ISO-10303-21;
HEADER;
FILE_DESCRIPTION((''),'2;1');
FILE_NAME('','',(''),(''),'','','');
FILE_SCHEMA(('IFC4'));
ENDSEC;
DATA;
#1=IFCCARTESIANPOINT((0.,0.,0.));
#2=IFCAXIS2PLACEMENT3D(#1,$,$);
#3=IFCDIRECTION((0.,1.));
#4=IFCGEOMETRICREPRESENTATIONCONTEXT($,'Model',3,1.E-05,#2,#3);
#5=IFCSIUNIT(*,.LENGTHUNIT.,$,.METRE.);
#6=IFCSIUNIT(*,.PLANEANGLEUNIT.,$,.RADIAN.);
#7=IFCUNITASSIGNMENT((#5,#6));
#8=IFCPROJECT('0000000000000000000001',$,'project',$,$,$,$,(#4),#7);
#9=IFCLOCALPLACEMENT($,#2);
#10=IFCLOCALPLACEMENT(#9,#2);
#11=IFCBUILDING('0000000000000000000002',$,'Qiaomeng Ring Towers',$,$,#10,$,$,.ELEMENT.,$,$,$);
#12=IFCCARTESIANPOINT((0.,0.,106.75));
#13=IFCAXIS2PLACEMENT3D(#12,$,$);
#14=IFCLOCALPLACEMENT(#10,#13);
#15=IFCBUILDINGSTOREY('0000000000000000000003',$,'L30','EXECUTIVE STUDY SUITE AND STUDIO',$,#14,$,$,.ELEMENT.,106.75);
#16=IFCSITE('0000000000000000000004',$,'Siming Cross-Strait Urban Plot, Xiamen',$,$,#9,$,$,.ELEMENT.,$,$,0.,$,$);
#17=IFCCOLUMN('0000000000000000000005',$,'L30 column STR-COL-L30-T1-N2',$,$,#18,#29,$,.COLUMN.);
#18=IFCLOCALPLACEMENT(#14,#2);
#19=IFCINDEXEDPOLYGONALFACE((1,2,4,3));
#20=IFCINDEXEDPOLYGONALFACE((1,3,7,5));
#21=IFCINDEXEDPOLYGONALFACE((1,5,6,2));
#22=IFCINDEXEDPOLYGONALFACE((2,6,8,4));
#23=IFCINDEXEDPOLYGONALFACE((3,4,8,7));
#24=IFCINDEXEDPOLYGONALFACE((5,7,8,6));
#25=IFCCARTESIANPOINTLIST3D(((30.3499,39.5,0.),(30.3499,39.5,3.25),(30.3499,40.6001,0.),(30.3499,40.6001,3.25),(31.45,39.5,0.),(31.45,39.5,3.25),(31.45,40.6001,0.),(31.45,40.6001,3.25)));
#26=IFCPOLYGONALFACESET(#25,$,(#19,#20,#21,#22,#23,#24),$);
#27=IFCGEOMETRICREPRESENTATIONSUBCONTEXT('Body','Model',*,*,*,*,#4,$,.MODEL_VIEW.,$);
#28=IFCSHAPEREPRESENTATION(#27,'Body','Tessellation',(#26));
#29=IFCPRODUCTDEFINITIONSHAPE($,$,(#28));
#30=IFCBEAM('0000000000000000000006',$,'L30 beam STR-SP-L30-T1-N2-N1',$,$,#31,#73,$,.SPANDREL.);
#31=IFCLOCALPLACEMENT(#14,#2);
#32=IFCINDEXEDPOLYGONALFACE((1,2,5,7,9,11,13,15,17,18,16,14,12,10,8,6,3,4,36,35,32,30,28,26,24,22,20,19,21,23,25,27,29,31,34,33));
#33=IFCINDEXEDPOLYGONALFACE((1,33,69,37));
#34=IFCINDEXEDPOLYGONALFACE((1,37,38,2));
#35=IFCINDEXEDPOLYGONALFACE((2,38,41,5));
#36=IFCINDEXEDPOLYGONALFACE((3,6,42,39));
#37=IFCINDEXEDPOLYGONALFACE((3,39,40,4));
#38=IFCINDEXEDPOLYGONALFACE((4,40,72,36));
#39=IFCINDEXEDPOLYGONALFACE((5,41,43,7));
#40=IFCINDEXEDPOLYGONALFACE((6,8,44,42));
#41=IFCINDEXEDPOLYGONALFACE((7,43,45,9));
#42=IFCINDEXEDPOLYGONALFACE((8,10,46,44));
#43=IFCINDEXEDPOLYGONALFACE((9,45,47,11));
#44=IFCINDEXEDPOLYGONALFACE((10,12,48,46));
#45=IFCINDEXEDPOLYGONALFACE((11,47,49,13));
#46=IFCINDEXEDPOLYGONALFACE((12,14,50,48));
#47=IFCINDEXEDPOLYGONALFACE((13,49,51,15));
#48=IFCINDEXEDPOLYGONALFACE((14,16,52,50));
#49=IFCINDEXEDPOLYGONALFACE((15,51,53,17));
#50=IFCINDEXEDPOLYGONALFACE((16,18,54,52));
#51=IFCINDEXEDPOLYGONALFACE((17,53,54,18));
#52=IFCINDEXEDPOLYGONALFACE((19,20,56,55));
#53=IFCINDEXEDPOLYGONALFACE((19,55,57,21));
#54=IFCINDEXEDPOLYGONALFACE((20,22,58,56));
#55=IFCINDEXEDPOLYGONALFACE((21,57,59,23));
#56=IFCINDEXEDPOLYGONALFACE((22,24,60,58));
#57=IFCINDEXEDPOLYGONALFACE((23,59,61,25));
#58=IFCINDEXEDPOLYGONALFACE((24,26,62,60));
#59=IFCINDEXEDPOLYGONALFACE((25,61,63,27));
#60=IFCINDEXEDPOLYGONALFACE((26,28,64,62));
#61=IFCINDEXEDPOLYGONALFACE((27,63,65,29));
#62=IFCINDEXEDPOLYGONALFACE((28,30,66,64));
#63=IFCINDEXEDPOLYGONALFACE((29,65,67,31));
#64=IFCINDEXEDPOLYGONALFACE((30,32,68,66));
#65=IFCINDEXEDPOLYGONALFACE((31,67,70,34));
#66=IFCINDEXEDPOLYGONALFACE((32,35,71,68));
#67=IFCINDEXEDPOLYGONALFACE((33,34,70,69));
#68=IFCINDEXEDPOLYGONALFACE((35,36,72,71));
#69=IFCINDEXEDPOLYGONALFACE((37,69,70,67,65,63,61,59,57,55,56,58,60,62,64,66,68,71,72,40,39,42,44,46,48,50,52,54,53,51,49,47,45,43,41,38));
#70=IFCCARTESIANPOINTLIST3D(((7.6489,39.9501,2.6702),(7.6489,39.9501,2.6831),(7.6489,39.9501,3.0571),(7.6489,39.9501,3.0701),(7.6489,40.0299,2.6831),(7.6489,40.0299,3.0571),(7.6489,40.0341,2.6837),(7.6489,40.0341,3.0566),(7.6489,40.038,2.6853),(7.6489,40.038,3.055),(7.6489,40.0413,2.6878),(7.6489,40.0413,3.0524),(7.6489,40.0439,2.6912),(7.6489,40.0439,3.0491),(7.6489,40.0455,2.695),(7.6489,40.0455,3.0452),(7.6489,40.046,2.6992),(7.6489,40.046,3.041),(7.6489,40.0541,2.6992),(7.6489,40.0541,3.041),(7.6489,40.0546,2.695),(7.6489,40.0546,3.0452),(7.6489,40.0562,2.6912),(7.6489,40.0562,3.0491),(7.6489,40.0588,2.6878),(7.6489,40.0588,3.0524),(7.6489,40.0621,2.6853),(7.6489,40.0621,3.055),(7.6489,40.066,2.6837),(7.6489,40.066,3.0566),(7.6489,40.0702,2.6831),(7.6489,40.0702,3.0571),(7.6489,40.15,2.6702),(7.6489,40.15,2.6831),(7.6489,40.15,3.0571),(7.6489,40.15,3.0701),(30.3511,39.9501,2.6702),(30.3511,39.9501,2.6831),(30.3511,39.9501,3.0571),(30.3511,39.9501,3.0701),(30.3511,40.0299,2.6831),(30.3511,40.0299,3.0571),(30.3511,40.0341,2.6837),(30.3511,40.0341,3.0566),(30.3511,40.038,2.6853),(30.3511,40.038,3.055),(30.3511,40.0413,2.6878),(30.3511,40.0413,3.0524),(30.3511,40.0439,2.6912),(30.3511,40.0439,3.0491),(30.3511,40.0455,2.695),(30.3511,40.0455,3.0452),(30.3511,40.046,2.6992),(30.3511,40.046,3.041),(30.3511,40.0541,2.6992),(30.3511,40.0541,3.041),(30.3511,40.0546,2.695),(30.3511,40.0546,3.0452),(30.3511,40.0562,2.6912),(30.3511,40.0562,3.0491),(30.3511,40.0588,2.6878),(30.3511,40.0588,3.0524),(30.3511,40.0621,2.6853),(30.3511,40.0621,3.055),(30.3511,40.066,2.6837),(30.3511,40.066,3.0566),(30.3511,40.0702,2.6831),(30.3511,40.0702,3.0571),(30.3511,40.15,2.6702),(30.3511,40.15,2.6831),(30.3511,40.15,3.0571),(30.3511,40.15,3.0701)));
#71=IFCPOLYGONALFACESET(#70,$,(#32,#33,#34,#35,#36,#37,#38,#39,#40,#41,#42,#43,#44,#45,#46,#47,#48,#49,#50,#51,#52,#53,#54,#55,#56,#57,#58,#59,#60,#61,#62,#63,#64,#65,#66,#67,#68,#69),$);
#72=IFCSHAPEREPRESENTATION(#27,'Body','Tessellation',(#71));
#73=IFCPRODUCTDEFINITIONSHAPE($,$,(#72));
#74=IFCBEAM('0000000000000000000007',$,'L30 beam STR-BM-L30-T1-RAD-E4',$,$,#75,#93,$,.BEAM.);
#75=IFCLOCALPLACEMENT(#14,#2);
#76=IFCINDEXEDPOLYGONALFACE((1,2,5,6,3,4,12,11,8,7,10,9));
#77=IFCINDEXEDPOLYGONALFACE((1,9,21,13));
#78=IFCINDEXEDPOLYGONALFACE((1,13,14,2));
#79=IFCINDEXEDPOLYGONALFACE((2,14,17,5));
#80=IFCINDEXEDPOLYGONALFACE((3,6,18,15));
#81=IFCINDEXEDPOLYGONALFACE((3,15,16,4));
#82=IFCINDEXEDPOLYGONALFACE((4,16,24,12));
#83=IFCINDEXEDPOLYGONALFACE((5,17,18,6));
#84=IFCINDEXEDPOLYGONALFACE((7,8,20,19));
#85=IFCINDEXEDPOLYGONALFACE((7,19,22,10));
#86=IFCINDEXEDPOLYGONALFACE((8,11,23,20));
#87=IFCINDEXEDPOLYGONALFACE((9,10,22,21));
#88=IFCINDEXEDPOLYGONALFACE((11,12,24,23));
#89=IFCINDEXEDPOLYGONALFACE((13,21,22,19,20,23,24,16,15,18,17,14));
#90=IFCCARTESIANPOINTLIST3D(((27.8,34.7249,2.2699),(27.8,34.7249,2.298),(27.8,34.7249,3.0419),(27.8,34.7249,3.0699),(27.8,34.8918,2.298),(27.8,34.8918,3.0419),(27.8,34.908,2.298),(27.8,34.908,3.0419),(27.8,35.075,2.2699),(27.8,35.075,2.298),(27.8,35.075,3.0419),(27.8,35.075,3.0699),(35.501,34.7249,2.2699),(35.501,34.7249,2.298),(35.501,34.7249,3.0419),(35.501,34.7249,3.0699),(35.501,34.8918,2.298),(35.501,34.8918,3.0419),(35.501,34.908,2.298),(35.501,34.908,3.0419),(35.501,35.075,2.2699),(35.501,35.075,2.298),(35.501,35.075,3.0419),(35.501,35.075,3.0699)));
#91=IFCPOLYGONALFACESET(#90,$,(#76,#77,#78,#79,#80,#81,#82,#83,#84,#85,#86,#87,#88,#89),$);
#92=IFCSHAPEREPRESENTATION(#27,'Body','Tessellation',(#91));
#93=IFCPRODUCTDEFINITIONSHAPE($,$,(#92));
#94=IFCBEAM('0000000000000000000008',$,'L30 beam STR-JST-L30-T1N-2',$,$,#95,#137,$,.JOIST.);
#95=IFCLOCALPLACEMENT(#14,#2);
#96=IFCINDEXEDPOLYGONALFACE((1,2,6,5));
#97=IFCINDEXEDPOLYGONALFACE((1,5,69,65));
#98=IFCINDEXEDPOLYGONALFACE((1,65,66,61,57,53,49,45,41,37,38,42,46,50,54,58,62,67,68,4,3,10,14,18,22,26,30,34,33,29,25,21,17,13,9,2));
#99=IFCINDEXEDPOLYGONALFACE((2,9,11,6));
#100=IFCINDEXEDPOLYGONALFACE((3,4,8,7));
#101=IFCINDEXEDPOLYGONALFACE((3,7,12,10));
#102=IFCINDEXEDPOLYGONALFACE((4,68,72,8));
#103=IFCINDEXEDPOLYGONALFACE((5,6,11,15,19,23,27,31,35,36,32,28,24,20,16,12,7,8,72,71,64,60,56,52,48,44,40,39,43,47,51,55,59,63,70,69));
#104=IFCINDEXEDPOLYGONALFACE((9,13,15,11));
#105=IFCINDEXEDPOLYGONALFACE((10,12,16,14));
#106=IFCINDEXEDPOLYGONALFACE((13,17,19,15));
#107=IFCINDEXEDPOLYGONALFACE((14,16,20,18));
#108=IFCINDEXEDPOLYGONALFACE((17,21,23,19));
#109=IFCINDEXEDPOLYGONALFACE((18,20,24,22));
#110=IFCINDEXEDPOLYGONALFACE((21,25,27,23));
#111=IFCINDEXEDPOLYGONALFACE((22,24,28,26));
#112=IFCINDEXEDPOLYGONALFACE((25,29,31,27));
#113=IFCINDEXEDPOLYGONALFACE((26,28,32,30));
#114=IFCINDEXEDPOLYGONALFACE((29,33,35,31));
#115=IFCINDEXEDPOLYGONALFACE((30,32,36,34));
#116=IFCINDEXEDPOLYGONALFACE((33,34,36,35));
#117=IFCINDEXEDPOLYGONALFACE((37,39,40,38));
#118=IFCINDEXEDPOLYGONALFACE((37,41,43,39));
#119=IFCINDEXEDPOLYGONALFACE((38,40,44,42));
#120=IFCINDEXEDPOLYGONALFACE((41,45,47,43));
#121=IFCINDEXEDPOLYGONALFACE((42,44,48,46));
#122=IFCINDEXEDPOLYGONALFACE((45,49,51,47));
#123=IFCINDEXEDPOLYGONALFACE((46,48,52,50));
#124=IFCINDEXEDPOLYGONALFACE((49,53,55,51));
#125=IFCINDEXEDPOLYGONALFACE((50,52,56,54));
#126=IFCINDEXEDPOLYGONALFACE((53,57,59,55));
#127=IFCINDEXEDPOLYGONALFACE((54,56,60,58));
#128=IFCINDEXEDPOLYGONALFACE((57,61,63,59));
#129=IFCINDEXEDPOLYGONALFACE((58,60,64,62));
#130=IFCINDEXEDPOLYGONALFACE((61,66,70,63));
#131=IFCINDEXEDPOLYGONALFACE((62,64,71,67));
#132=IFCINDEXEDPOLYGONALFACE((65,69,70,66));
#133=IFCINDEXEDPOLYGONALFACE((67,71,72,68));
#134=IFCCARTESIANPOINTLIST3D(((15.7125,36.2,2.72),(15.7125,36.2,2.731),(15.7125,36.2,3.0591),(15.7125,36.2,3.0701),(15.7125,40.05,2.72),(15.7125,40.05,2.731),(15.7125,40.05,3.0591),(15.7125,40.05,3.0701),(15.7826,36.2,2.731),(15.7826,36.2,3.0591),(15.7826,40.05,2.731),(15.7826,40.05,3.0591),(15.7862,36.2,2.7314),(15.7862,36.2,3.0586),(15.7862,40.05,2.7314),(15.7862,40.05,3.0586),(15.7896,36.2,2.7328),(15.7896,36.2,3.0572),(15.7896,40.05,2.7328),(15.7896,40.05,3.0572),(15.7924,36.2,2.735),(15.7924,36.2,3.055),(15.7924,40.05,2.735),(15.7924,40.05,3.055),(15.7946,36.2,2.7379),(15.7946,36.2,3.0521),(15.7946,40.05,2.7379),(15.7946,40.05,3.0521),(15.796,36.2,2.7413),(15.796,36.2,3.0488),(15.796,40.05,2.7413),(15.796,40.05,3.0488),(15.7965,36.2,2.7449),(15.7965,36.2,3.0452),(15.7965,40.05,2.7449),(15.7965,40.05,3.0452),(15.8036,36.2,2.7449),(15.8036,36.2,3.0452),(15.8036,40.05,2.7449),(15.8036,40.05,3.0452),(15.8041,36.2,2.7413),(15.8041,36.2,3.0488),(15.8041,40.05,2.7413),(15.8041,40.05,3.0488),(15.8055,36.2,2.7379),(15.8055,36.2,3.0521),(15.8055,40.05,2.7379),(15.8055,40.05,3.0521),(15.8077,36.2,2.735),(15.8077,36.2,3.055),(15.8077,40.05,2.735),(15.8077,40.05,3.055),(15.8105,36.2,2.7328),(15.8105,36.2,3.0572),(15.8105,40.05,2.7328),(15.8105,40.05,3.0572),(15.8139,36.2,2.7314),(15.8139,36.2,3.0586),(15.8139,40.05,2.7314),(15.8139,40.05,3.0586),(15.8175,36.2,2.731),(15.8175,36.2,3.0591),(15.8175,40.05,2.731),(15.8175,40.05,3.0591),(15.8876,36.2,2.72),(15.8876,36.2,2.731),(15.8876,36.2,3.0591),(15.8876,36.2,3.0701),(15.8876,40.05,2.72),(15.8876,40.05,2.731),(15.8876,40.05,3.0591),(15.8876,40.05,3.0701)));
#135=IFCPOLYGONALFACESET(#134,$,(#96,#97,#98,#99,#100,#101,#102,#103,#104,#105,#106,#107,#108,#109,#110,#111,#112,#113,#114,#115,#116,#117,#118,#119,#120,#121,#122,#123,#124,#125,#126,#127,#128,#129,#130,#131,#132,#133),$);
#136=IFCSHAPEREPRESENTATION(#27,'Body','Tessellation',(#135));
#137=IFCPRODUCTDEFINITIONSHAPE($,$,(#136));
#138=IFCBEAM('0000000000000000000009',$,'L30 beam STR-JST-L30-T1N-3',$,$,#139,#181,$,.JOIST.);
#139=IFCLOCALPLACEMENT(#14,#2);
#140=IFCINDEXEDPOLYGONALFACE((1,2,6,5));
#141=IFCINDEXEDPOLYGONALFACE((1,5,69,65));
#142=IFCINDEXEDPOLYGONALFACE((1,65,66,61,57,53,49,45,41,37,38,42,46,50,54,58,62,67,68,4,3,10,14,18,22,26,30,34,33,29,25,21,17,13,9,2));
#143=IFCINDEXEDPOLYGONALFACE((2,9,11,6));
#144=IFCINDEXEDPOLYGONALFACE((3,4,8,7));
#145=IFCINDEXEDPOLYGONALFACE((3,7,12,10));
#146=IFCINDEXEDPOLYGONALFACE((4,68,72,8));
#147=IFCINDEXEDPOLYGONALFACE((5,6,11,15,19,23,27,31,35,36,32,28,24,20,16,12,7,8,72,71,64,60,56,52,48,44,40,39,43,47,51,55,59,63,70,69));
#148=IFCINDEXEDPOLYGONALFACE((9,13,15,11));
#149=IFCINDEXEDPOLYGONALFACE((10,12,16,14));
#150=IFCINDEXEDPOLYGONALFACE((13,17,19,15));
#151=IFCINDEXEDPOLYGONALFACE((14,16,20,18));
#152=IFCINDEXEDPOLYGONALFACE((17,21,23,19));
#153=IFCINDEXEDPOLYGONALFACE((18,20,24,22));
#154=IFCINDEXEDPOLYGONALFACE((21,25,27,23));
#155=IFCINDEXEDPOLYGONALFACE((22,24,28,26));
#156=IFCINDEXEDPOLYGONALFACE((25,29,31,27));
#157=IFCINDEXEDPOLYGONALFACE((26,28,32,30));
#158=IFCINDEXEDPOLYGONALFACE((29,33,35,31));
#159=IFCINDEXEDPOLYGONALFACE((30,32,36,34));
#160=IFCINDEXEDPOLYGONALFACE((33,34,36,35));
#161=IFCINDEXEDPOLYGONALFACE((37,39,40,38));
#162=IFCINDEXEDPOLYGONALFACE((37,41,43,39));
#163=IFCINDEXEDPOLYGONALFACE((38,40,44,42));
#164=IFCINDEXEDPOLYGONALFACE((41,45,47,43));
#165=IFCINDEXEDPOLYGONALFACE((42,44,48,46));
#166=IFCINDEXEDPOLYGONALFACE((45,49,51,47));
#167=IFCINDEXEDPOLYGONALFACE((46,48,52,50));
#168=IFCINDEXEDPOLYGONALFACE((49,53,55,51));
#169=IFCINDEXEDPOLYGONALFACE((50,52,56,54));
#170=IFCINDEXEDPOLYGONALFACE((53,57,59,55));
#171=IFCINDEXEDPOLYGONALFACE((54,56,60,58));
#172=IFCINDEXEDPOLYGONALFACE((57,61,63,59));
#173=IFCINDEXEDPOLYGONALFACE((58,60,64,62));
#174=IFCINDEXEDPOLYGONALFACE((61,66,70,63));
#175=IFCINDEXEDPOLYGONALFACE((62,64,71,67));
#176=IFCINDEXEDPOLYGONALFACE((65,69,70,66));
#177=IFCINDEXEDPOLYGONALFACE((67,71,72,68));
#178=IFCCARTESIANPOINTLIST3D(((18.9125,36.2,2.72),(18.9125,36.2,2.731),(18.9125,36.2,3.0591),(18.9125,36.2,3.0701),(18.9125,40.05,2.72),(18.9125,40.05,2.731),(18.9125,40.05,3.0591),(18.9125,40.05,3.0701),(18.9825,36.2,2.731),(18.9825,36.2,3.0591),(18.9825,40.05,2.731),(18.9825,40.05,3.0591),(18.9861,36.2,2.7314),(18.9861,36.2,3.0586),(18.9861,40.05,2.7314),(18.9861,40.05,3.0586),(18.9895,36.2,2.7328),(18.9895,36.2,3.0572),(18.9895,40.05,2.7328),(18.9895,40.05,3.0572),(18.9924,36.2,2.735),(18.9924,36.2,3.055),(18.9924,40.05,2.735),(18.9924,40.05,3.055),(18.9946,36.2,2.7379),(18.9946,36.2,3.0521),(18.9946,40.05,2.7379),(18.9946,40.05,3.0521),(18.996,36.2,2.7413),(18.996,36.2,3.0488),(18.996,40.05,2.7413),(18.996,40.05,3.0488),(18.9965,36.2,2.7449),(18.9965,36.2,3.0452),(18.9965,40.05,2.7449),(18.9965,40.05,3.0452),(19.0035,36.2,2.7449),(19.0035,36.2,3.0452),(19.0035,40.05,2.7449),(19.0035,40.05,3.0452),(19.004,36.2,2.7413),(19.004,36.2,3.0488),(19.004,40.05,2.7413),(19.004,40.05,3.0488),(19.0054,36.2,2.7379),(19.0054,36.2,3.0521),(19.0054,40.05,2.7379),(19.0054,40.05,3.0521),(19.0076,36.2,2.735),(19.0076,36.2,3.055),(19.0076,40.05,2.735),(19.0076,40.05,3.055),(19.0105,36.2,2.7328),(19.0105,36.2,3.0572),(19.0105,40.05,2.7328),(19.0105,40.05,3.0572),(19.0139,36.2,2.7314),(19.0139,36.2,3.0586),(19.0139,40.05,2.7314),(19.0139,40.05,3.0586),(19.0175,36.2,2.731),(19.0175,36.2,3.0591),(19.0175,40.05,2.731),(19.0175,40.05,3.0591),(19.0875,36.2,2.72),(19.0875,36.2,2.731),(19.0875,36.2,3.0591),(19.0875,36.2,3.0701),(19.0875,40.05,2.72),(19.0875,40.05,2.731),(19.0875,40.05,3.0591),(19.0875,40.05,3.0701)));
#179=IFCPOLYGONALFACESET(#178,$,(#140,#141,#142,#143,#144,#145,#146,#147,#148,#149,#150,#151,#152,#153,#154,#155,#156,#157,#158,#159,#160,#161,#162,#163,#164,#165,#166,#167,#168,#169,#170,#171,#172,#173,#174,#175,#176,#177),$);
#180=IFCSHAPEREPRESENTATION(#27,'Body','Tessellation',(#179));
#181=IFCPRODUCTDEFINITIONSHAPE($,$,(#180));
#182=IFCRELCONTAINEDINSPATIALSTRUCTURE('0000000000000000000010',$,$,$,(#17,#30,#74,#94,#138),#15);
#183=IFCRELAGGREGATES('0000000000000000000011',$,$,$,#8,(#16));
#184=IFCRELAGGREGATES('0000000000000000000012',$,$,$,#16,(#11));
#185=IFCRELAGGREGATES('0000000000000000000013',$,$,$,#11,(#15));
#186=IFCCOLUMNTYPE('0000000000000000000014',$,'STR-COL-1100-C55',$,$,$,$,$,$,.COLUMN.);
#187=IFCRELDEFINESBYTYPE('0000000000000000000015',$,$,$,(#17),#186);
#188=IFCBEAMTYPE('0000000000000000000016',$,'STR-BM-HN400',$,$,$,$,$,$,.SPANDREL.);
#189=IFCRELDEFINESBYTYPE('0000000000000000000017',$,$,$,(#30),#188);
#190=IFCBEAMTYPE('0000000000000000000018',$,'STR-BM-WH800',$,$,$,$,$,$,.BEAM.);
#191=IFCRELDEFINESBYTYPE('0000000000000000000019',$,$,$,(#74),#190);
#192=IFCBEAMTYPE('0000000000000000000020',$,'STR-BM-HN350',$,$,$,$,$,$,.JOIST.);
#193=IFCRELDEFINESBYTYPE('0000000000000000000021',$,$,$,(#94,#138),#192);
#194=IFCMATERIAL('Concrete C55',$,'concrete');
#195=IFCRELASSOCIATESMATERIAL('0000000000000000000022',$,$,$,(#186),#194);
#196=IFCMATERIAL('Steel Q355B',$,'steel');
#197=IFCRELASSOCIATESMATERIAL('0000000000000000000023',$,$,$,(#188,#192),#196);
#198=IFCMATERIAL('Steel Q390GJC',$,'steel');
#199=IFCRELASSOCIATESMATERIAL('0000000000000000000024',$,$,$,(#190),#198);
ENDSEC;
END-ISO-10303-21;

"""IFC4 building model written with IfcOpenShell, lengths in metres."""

from ifc_helpers import new_model, si_unit, direction, frame, origin, origin_2d, place, context, subcontext, project, spatial, rectangle, i_section, extrude, source, transform, mapped, material, material_profile, profile_set, type_object, element, save


model = new_model("IFC4")

# Units and contexts
model_context = context("Model", 3, precision=1e-05, world=origin(), true_north=direction((0.0, 1.0)))
body_context = subcontext(model_context, "Body", "Model", "MODEL_VIEW")
ifc_project = project(units=[si_unit("LENGTHUNIT", "METRE"), si_unit("PLANEANGLEUNIT", "RADIAN")], contexts=[model_context])

# Site, building, storey
site_placement = place(None, origin())
site = spatial("IfcSite", under=ifc_project, at=site_placement, Name="Siming Cross-Strait Urban Plot, Xiamen", CompositionType="ELEMENT", RefElevation=0.0)
building_placement = place(site_placement, origin())
building = spatial("IfcBuilding", under=site, at=building_placement, Name="Qiaomeng Ring Towers", CompositionType="ELEMENT")
storey_placement = place(building_placement, frame((0.0, 0.0, 106.75)))
storey = spatial("IfcBuildingStorey", under=building, at=storey_placement, Name="L30", Description="EXECUTIVE STUDY SUITE AND STUDIO", CompositionType="ELEMENT", Elevation=106.75)

# Column
ifc_material_1 = material(Name="Concrete C55", Category="concrete")
ifc_material_profile_1 = material_profile(ifc_material_1, rectangle(XDim=1.1001, YDim=1.1001, at=origin_2d()), Name="RC COL 1100x1100")
ifc_profile_set_1 = profile_set([ifc_material_profile_1], Name="Concrete C55")
column_type = type_object("IfcColumnType", Name="STR-COL-1100-C55", PredefinedType="COLUMN", material=ifc_profile_set_1)
shared_shape_1 = source(origin(), body_context, "Body", "SweptSolid", [
    extrude(rectangle(XDim=1.1001, YDim=1.1001, at=origin_2d()), origin(), (0.0, 0.0, 1.0), 3.25),
])
column_placement = place(storey_placement, frame((30.8999, 40.05, 0.0), z_axis=(0.0, 0.0, 1.0), x_axis=(1.0, 0.0, 0.0)))
element("IfcColumn", 1, at=column_placement, inside=storey, type_object=column_type, Name="L30 column STR-COL-L30-T1-N2", PredefinedType="COLUMN", context=body_context, shape_type="MappedRepresentation", body=[
    mapped(shared_shape_1, transform((0.0, 0.0, 0.0), x_axis=(1.0, 0.0, 0.0), y_axis=(0.0, 1.0, 0.0), z_axis=(0.0, 0.0, 1.0), scale=1.0)),
])

# Beams
ifc_material_2 = material(Name="Steel Q355B", Category="steel")
ifc_material_profile_2 = material_profile(ifc_material_2, i_section(OverallWidth=0.2, OverallDepth=0.3999, WebThickness=0.0081, FlangeThickness=0.0129, FilletRadius=0.0161, at=origin_2d()), Name="HN 400x200x8x13")
ifc_profile_set_2 = profile_set([ifc_material_profile_2], Name="Steel Q355B")
beam_type_1 = type_object("IfcBeamType", Name="STR-BM-HN400", PredefinedType="SPANDREL", material=ifc_profile_set_2)
shared_shape_2 = source(origin(), body_context, "Body", "SweptSolid", [
    extrude(i_section(OverallWidth=0.2, OverallDepth=0.3999, WebThickness=0.0081, FlangeThickness=0.0129, FilletRadius=0.0161, at=origin_2d()), origin(), (0.0, 0.0, 1.0), 22.7021),
])
beam_1_placement = place(storey_placement, frame((30.3511, 40.05, 2.8701), z_axis=(-1.0, 0.0, 0.0), x_axis=(0.0, -1.0, 0.0)))
element("IfcBeam", 2, at=beam_1_placement, inside=storey, type_object=beam_type_1, Name="L30 beam STR-SP-L30-T1-N2-N1", PredefinedType="SPANDREL", context=body_context, shape_type="MappedRepresentation", body=[
    mapped(shared_shape_2, transform((0.0, 0.0, 0.0), x_axis=(1.0, 0.0, 0.0), y_axis=(0.0, 1.0, 0.0), z_axis=(0.0, 0.0, 1.0), scale=1.0)),
])
ifc_material_3 = material(Name="Steel Q390GJC", Category="steel")
ifc_material_profile_3 = material_profile(ifc_material_3, i_section(OverallWidth=0.3501, OverallDepth=0.8, WebThickness=0.0161, FlangeThickness=0.0281, at=origin_2d()), Name="WH 800x350x16x28")
ifc_profile_set_3 = profile_set([ifc_material_profile_3], Name="Steel Q390GJC")
beam_type_2 = type_object("IfcBeamType", Name="STR-BM-WH800", PredefinedType="BEAM", material=ifc_profile_set_3)
shared_shape_3 = source(origin(), body_context, "Body", "SweptSolid", [
    extrude(i_section(OverallWidth=0.3501, OverallDepth=0.8, WebThickness=0.0161, FlangeThickness=0.0281, at=origin_2d()), origin(), (0.0, 0.0, 1.0), 7.7009),
])
beam_2_placement = place(storey_placement, frame((27.8, 34.8999, 2.6699), z_axis=(1.0, 0.0, 0.0), x_axis=(0.0, 1.0, 0.0)))
element("IfcBeam", 3, at=beam_2_placement, inside=storey, type_object=beam_type_2, Name="L30 beam STR-BM-L30-T1-RAD-E4", PredefinedType="BEAM", context=body_context, shape_type="MappedRepresentation", body=[
    mapped(shared_shape_3, transform((0.0, 0.0, 0.0), x_axis=(1.0, 0.0, 0.0), y_axis=(0.0, 1.0, 0.0), z_axis=(0.0, 0.0, 1.0), scale=1.0)),
])
ifc_material_profile_4 = material_profile(ifc_material_2, i_section(OverallWidth=0.175, OverallDepth=0.3501, WebThickness=0.0071, FlangeThickness=0.011, FilletRadius=0.0139, at=origin_2d()), Name="HN 350x175x7x11")
ifc_profile_set_4 = profile_set([ifc_material_profile_4], Name="Steel Q355B")
beam_type_3 = type_object("IfcBeamType", Name="STR-BM-HN350", PredefinedType="JOIST", material=ifc_profile_set_4)
shared_shape_4 = source(origin(), body_context, "Body", "SweptSolid", [
    extrude(i_section(OverallWidth=0.175, OverallDepth=0.3501, WebThickness=0.0071, FlangeThickness=0.011, FilletRadius=0.0139, at=origin_2d()), origin(), (0.0, 0.0, 1.0), 3.8501),
])
for number, where, z_axis, x_axis, name in (
    (4, (15.8, 36.2, 2.895), (0.0, 1.0, 0.0), (-1.0, 0.0, 0.0), "L30 beam STR-JST-L30-T1N-2"),
    (5, (19.0, 36.2, 2.895), (0.0, 1.0, 0.0), (-1.0, 0.0, 0.0), "L30 beam STR-JST-L30-T1N-3"),
):
    element("IfcBeam", number, at=place(storey_placement, frame(where, z_axis=z_axis, x_axis=x_axis)), inside=storey, type_object=beam_type_3, Name=name, PredefinedType="JOIST", context=body_context, shape_type="MappedRepresentation", body=[
        mapped(shared_shape_4, transform((0.0, 0.0, 0.0), x_axis=(1.0, 0.0, 0.0), y_axis=(0.0, 1.0, 0.0), z_axis=(0.0, 0.0, 1.0), scale=1.0)),
    ])

save(model, "model.ifc")
